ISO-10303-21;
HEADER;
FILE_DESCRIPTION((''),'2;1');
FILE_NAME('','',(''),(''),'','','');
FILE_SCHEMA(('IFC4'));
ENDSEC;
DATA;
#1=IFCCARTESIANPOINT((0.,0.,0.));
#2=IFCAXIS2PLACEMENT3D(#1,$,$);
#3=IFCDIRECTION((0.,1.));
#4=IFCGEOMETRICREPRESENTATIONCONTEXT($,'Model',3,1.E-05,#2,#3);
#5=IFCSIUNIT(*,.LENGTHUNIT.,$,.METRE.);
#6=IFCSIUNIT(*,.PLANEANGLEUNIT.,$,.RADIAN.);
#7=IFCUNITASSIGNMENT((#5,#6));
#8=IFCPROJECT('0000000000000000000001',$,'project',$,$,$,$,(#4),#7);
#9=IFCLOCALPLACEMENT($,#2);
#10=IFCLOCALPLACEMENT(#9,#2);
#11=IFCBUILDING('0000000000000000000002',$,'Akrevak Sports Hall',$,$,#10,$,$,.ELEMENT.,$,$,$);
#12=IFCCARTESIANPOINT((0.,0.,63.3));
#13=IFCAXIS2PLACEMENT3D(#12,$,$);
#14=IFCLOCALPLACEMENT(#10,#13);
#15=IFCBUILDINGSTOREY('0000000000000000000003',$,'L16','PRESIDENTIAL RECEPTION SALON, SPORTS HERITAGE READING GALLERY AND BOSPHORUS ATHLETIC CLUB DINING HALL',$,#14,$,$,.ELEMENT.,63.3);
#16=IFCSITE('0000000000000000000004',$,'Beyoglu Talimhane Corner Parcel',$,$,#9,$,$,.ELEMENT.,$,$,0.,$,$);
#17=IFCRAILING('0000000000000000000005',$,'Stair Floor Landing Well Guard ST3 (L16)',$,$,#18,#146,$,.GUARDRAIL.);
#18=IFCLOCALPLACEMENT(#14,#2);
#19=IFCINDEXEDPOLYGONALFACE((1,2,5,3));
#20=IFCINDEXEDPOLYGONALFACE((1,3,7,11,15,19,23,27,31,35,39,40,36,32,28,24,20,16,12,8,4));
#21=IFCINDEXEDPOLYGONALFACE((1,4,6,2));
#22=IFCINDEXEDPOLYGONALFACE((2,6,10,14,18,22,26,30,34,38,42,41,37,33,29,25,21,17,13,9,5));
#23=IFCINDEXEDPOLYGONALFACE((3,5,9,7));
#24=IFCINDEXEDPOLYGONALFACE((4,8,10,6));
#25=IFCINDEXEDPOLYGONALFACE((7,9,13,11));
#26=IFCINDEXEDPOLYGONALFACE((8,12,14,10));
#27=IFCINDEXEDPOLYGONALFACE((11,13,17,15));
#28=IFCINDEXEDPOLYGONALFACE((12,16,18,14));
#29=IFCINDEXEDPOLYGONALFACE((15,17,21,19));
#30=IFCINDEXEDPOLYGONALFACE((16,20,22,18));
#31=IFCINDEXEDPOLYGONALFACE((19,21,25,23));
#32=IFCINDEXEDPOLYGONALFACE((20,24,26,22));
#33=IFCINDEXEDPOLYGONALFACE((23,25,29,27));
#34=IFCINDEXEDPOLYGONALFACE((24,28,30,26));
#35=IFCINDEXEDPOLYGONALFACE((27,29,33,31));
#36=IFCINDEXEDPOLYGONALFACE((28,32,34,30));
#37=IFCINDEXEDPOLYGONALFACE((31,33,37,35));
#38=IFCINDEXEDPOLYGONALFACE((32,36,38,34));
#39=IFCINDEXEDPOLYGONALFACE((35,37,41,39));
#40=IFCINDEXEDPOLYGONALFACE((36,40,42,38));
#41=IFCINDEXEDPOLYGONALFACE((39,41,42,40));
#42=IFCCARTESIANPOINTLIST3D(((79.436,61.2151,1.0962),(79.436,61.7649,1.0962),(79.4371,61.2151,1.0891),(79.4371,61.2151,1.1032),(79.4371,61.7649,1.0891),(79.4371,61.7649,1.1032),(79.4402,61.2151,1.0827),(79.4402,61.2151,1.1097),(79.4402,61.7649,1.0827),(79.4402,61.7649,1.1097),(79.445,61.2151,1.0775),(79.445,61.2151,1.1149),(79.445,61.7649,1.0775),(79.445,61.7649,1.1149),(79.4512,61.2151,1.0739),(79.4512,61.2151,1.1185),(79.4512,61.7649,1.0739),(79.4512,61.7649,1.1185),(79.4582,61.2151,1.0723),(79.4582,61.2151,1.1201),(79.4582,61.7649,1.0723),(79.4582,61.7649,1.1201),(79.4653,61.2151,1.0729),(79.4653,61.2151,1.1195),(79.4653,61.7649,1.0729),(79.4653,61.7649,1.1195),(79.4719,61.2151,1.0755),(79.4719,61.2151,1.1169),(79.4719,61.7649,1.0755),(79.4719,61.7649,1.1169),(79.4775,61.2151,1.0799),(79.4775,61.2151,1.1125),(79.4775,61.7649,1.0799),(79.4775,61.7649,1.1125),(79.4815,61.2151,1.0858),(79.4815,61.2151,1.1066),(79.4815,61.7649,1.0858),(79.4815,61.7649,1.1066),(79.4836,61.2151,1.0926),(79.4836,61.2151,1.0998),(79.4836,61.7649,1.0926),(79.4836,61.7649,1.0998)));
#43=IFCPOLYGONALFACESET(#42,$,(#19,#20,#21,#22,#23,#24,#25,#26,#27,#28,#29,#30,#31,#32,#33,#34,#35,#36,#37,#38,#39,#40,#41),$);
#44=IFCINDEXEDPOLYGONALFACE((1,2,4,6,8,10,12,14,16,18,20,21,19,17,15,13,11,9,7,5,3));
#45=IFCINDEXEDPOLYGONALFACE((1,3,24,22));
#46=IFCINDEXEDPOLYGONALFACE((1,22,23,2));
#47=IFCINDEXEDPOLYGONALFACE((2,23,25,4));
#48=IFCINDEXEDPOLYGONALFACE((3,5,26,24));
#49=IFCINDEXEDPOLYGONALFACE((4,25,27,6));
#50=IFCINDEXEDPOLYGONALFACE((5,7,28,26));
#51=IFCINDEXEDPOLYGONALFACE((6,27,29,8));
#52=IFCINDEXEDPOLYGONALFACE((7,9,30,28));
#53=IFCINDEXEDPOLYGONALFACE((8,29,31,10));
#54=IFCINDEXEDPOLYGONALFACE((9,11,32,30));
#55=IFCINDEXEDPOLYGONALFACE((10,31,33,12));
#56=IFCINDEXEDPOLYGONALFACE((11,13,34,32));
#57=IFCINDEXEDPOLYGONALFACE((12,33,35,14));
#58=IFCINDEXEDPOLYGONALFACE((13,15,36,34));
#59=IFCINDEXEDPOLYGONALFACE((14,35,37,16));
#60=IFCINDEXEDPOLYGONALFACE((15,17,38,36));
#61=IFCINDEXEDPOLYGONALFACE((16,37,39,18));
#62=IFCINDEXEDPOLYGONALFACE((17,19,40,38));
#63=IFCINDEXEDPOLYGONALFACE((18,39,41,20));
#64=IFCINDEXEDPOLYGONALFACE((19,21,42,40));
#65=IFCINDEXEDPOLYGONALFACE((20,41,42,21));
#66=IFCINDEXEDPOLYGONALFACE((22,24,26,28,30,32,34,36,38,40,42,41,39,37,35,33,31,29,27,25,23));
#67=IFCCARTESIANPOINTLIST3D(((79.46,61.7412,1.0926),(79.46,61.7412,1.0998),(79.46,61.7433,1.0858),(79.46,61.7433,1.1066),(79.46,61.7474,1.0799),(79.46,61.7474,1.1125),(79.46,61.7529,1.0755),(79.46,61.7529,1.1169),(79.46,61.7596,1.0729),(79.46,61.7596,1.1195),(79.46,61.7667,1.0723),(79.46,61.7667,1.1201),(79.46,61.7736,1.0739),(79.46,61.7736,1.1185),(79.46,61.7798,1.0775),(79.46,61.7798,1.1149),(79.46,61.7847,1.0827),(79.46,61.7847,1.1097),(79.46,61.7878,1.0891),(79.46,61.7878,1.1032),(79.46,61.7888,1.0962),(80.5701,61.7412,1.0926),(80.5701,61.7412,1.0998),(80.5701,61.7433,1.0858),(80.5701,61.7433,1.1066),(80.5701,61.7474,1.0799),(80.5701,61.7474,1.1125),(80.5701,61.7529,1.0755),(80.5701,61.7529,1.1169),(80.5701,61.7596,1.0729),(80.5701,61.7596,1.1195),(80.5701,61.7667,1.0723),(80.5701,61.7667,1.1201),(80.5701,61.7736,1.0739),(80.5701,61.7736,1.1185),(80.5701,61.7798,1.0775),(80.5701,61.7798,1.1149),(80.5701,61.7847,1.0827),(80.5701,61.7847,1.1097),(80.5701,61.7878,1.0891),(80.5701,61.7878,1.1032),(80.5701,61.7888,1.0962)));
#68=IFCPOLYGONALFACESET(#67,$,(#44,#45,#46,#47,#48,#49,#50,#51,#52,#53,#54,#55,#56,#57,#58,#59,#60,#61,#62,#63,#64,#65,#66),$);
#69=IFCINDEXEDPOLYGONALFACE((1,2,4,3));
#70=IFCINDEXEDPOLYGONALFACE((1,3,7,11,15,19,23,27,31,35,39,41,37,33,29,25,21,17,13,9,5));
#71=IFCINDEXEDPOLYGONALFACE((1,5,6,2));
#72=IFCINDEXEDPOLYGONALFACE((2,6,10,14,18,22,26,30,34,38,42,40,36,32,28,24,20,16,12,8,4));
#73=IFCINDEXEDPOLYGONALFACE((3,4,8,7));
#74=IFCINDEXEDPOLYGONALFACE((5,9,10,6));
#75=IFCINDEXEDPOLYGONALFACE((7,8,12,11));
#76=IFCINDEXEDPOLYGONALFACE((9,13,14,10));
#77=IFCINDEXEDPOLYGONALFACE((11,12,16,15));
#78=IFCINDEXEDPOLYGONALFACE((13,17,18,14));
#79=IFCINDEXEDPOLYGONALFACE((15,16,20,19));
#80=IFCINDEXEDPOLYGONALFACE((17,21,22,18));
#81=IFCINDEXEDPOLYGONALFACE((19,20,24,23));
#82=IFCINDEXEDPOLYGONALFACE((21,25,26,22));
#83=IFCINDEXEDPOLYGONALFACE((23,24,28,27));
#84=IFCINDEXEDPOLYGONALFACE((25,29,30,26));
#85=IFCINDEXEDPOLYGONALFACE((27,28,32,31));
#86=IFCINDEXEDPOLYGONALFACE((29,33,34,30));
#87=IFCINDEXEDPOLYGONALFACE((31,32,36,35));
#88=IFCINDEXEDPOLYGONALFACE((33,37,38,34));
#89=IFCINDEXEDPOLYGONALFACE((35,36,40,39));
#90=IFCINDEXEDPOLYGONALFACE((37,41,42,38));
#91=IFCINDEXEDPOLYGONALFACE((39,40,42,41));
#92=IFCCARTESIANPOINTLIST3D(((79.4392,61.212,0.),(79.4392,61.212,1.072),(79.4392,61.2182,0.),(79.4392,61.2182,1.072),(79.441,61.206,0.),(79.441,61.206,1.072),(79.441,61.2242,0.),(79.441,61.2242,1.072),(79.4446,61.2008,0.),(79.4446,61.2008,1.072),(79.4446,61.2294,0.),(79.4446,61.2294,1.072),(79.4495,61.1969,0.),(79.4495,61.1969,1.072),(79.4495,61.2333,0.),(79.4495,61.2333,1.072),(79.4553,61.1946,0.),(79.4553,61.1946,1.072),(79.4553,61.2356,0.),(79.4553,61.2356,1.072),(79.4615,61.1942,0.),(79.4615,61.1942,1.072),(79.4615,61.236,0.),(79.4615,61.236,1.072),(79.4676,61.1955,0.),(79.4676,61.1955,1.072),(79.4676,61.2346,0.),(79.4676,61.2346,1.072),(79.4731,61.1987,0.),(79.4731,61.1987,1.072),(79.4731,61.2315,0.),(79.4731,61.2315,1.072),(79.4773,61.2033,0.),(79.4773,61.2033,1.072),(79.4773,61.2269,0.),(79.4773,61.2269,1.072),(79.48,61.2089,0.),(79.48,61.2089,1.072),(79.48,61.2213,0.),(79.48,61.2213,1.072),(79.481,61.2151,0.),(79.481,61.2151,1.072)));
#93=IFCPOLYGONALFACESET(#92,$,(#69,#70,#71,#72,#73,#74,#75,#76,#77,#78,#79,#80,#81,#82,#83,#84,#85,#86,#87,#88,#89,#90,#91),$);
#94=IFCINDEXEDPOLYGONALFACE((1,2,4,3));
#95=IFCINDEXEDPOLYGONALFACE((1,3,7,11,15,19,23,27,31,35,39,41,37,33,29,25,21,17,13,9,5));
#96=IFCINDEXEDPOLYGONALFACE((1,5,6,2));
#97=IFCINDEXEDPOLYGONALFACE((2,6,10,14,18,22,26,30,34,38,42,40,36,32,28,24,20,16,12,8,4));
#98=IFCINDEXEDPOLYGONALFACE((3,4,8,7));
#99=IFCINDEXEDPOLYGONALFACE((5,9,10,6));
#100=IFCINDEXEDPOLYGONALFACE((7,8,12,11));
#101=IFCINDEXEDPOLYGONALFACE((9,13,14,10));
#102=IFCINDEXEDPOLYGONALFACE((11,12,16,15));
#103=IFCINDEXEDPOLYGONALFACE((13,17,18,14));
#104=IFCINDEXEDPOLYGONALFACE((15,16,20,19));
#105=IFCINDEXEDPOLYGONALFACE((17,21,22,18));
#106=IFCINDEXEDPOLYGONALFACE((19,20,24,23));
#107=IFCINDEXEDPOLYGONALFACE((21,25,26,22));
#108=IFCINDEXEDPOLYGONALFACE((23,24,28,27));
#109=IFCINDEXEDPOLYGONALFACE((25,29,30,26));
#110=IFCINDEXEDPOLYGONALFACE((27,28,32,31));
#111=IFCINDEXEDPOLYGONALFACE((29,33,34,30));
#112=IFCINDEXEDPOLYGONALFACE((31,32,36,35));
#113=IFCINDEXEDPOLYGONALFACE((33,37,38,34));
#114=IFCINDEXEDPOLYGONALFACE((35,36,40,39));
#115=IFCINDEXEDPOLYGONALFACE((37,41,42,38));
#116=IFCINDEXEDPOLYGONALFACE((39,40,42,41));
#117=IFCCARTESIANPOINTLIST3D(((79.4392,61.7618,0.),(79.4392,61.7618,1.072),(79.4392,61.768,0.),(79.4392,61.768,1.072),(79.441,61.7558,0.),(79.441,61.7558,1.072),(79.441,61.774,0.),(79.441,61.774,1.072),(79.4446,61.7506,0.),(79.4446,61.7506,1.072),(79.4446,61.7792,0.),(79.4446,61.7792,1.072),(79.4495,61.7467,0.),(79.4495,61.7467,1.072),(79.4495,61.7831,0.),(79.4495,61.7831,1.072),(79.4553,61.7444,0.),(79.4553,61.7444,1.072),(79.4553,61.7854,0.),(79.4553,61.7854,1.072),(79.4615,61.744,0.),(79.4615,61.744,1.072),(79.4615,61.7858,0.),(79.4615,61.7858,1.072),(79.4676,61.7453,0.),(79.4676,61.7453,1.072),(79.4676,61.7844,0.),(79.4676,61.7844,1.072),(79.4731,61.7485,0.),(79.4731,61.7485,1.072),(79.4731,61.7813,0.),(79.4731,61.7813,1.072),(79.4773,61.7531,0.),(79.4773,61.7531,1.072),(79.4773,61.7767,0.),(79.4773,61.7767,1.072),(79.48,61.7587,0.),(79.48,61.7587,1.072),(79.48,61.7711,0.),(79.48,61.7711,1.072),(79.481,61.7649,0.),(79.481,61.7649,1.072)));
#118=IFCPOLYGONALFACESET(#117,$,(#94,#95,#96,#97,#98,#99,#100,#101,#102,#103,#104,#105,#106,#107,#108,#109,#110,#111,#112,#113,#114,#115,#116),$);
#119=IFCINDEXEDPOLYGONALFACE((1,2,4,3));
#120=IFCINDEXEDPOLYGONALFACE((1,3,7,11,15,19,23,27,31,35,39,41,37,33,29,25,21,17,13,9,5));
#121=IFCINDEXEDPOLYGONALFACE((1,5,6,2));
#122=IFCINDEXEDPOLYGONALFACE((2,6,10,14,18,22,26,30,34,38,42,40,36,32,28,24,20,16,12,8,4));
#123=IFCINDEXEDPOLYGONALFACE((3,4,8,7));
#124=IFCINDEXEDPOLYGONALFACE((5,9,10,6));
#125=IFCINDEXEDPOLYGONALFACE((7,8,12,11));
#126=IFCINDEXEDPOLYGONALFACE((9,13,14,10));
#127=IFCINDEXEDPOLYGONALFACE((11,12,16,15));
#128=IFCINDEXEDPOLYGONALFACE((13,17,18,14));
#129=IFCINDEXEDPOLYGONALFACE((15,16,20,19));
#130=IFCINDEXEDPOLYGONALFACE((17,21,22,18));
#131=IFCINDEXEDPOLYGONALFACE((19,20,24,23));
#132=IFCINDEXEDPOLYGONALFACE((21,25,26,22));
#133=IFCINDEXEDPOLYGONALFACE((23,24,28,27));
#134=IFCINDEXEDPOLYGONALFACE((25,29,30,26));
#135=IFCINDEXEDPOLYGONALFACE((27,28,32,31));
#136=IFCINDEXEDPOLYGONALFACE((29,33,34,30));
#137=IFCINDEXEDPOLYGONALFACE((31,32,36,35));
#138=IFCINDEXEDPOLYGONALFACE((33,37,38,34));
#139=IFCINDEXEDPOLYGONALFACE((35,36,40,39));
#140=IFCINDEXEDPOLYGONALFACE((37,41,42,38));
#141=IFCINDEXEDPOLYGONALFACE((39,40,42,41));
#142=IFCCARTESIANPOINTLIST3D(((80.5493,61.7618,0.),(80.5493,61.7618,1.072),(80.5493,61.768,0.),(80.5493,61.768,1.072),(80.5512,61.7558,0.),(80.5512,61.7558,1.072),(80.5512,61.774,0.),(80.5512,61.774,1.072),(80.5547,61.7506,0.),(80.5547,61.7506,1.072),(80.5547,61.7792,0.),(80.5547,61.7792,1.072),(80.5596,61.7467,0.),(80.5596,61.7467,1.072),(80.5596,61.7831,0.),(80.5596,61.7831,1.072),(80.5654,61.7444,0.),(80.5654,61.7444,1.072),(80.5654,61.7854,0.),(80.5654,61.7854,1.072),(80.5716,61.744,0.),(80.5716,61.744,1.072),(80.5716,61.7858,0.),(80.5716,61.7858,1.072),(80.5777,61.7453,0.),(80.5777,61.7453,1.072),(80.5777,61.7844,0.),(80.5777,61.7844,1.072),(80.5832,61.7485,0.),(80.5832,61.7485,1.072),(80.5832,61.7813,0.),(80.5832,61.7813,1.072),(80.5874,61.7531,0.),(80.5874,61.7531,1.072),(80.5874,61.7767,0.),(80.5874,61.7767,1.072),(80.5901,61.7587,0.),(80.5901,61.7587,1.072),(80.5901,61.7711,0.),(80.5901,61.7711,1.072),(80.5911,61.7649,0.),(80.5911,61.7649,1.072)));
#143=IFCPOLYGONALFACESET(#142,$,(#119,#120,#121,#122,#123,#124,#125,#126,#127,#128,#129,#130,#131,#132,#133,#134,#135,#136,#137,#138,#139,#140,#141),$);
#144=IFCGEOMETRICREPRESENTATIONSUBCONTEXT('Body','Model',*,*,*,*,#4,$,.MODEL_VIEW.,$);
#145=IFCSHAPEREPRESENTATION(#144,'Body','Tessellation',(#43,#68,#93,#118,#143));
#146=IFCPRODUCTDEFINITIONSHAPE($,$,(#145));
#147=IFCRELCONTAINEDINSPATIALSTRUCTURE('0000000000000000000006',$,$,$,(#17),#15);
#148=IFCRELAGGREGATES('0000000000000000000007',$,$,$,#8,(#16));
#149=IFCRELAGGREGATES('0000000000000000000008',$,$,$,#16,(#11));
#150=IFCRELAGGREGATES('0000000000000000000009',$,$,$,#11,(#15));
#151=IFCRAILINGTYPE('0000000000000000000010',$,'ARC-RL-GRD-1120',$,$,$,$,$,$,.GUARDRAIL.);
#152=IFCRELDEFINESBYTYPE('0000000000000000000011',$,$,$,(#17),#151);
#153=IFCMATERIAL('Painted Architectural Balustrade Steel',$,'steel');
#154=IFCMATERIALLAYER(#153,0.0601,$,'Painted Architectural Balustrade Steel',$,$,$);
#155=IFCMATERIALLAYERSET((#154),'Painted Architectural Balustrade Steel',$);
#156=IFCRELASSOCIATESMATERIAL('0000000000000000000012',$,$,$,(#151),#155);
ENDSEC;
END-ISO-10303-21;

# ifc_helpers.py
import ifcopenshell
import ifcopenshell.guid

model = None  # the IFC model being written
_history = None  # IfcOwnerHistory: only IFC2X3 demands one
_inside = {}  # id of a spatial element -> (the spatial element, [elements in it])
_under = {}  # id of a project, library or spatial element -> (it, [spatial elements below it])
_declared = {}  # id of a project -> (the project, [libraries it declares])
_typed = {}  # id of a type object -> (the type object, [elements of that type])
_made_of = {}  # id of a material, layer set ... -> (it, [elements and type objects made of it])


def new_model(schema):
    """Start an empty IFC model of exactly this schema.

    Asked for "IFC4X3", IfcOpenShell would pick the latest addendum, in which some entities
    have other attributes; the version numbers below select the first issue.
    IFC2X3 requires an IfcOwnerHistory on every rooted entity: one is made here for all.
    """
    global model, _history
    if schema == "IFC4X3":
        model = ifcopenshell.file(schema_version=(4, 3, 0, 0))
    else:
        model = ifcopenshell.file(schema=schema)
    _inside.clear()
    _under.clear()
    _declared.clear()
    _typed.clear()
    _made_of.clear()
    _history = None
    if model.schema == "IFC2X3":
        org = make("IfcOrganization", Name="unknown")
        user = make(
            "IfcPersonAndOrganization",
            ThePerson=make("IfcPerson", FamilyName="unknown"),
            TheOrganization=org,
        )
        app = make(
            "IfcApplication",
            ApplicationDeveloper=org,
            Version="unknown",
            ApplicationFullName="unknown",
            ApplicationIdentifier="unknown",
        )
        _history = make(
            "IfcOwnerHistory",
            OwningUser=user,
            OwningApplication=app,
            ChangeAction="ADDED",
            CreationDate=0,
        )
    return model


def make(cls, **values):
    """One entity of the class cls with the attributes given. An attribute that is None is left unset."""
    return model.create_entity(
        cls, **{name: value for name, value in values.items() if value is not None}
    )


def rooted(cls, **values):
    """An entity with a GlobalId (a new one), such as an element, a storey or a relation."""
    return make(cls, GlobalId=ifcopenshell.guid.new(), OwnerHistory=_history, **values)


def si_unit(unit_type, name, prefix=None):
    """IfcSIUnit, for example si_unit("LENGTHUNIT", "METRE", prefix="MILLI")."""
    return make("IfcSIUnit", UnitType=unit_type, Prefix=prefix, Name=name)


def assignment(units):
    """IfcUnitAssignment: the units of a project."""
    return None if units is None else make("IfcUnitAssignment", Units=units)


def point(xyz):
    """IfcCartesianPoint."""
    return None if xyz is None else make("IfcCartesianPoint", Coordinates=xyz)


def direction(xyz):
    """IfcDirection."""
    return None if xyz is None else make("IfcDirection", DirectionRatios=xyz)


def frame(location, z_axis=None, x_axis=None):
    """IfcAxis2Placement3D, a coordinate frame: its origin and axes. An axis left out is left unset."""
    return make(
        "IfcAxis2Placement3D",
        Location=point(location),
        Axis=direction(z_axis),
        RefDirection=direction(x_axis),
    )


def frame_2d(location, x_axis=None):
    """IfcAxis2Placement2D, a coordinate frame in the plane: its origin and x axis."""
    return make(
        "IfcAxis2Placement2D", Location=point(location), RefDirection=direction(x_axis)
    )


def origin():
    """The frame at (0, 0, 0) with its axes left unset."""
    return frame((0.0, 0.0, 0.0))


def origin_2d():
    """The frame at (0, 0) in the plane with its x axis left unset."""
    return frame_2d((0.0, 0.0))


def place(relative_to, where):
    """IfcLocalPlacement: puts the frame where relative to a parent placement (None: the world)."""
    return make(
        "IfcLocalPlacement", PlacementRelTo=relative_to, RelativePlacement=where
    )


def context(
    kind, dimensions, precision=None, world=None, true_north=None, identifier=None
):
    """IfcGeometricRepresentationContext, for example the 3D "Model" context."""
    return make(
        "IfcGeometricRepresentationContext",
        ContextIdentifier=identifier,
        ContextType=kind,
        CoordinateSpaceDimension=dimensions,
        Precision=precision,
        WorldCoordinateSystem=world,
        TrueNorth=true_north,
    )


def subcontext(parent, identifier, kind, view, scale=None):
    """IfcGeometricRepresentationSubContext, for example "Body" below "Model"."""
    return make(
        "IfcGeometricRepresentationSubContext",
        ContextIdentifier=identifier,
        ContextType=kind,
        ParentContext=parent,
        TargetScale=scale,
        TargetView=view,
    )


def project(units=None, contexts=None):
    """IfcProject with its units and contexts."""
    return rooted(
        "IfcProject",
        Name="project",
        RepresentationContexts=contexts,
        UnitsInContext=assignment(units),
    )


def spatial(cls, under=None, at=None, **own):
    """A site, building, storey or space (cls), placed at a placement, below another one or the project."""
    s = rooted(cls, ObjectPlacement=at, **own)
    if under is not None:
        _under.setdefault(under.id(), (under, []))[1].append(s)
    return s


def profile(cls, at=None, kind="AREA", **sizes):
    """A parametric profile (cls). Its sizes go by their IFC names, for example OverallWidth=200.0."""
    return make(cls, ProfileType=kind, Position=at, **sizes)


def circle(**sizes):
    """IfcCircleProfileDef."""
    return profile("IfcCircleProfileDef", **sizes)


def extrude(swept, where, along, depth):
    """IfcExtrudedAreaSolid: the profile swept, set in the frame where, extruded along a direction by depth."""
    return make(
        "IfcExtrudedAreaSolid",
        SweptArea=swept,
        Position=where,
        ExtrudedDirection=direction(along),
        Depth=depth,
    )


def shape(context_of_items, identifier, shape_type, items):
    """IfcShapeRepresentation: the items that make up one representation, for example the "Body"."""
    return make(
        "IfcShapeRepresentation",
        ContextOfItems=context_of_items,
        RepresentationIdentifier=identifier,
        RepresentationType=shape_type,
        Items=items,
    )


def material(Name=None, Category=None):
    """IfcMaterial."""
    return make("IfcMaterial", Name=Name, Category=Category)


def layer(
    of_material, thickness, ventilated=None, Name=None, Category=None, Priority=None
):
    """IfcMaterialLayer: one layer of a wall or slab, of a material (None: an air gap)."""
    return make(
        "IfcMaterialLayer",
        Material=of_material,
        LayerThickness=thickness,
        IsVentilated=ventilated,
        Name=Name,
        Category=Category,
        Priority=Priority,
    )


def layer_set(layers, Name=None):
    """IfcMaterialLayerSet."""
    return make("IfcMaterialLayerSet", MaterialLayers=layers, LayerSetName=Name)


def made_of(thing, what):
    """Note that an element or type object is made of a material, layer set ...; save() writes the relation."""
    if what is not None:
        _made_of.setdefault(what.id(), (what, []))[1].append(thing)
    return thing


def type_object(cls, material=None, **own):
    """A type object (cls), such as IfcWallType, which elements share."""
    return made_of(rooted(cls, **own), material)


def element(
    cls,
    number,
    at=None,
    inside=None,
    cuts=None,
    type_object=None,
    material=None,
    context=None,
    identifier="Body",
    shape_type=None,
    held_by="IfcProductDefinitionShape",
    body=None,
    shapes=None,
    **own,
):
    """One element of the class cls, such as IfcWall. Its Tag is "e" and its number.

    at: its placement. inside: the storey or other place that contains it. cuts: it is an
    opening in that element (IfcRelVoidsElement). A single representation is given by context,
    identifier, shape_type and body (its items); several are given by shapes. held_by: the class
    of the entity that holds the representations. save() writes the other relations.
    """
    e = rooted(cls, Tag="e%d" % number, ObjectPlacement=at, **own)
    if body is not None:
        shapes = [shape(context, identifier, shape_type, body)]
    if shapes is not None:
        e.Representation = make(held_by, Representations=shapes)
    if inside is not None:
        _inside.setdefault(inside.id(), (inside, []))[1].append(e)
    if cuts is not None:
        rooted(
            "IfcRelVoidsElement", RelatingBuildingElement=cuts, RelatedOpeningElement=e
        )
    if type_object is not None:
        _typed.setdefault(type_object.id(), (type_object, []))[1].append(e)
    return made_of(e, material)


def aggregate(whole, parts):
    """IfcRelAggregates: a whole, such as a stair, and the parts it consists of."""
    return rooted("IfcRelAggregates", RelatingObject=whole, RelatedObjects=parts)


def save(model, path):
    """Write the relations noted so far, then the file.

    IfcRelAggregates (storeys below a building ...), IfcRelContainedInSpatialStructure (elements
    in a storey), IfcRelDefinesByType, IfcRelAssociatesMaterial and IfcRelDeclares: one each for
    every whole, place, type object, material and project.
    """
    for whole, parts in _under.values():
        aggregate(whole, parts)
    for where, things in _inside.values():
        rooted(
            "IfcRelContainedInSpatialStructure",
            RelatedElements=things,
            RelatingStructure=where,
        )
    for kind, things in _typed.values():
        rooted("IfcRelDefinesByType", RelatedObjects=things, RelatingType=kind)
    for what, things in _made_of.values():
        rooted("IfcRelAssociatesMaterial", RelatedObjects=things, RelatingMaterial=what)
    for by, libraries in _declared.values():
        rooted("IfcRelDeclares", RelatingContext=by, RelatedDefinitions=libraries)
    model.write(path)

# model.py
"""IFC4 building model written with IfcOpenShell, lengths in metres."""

from ifc_helpers import new_model, si_unit, direction, frame, origin, origin_2d, place, context, subcontext, project, spatial, circle, extrude, material, layer, layer_set, type_object, element, save


model = new_model("IFC4")

# Units and contexts
model_context = context("Model", 3, precision=1e-05, world=origin(), true_north=direction((0.0, 1.0)))
body_context = subcontext(model_context, "Body", "Model", "MODEL_VIEW")
ifc_project = project(units=[si_unit("LENGTHUNIT", "METRE"), si_unit("PLANEANGLEUNIT", "RADIAN")], contexts=[model_context])

# Site, building, storey
site_placement = place(None, origin())
site = spatial("IfcSite", under=ifc_project, at=site_placement, Name="Beyoglu Talimhane Corner Parcel", CompositionType="ELEMENT", RefElevation=0.0)
building_placement = place(site_placement, origin())
building = spatial("IfcBuilding", under=site, at=building_placement, Name="Akrevak Sports Hall", CompositionType="ELEMENT")
storey_placement = place(building_placement, frame((0.0, 0.0, 63.3)))
storey = spatial("IfcBuildingStorey", under=building, at=storey_placement, Name="L16", Description="PRESIDENTIAL RECEPTION SALON, SPORTS HERITAGE READING GALLERY AND BOSPHORUS ATHLETIC CLUB DINING HALL", CompositionType="ELEMENT", Elevation=63.3)

# Railing
ifc_material_1 = material(Name="Painted Architectural Balustrade Steel", Category="steel")
ifc_layer_1 = layer(ifc_material_1, 0.0601, Name="Painted Architectural Balustrade Steel")
ifc_layer_set_1 = layer_set([ifc_layer_1], Name="Painted Architectural Balustrade Steel")
railing_type_1 = type_object("IfcRailingType", Name="ARC-RL-GRD-1120", PredefinedType="GUARDRAIL", material=ifc_layer_set_1)
railing_1_placement = place(storey_placement, frame((79.46, 61.2151, 0.0)))
element("IfcRailing", 1, at=railing_1_placement, inside=storey, type_object=railing_type_1, Name="Stair Floor Landing Well Guard ST3 (L16)", PredefinedType="GUARDRAIL", context=body_context, shape_type="SweptSolid", body=[
    extrude(circle(Radius=0.0239, at=origin_2d()), frame((0.0, 0.0, 1.0962), z_axis=(0.0, 1.0, 0.0), x_axis=(-1.0, 0.0, 0.0)), (0.0, 0.0, 1.0), 0.5498),
    extrude(circle(Radius=0.0239, at=origin_2d()), frame((0.0, 0.5498, 1.0962), z_axis=(1.0, 0.0, 0.0), x_axis=(0.0, 1.0, 0.0)), (0.0, 0.0, 1.0), 1.1101),
    extrude(circle(Radius=0.021, at=origin_2d()), origin(), (0.0, 0.0, 1.0), 1.072),
    extrude(circle(Radius=0.021, at=origin_2d()), frame((0.0, 0.5498, 0.0)), (0.0, 0.0, 1.0), 1.072),
    extrude(circle(Radius=0.021, at=origin_2d()), frame((1.1101, 0.5498, 0.0)), (0.0, 0.0, 1.0), 1.072),
])

save(model, "model.ifc")
